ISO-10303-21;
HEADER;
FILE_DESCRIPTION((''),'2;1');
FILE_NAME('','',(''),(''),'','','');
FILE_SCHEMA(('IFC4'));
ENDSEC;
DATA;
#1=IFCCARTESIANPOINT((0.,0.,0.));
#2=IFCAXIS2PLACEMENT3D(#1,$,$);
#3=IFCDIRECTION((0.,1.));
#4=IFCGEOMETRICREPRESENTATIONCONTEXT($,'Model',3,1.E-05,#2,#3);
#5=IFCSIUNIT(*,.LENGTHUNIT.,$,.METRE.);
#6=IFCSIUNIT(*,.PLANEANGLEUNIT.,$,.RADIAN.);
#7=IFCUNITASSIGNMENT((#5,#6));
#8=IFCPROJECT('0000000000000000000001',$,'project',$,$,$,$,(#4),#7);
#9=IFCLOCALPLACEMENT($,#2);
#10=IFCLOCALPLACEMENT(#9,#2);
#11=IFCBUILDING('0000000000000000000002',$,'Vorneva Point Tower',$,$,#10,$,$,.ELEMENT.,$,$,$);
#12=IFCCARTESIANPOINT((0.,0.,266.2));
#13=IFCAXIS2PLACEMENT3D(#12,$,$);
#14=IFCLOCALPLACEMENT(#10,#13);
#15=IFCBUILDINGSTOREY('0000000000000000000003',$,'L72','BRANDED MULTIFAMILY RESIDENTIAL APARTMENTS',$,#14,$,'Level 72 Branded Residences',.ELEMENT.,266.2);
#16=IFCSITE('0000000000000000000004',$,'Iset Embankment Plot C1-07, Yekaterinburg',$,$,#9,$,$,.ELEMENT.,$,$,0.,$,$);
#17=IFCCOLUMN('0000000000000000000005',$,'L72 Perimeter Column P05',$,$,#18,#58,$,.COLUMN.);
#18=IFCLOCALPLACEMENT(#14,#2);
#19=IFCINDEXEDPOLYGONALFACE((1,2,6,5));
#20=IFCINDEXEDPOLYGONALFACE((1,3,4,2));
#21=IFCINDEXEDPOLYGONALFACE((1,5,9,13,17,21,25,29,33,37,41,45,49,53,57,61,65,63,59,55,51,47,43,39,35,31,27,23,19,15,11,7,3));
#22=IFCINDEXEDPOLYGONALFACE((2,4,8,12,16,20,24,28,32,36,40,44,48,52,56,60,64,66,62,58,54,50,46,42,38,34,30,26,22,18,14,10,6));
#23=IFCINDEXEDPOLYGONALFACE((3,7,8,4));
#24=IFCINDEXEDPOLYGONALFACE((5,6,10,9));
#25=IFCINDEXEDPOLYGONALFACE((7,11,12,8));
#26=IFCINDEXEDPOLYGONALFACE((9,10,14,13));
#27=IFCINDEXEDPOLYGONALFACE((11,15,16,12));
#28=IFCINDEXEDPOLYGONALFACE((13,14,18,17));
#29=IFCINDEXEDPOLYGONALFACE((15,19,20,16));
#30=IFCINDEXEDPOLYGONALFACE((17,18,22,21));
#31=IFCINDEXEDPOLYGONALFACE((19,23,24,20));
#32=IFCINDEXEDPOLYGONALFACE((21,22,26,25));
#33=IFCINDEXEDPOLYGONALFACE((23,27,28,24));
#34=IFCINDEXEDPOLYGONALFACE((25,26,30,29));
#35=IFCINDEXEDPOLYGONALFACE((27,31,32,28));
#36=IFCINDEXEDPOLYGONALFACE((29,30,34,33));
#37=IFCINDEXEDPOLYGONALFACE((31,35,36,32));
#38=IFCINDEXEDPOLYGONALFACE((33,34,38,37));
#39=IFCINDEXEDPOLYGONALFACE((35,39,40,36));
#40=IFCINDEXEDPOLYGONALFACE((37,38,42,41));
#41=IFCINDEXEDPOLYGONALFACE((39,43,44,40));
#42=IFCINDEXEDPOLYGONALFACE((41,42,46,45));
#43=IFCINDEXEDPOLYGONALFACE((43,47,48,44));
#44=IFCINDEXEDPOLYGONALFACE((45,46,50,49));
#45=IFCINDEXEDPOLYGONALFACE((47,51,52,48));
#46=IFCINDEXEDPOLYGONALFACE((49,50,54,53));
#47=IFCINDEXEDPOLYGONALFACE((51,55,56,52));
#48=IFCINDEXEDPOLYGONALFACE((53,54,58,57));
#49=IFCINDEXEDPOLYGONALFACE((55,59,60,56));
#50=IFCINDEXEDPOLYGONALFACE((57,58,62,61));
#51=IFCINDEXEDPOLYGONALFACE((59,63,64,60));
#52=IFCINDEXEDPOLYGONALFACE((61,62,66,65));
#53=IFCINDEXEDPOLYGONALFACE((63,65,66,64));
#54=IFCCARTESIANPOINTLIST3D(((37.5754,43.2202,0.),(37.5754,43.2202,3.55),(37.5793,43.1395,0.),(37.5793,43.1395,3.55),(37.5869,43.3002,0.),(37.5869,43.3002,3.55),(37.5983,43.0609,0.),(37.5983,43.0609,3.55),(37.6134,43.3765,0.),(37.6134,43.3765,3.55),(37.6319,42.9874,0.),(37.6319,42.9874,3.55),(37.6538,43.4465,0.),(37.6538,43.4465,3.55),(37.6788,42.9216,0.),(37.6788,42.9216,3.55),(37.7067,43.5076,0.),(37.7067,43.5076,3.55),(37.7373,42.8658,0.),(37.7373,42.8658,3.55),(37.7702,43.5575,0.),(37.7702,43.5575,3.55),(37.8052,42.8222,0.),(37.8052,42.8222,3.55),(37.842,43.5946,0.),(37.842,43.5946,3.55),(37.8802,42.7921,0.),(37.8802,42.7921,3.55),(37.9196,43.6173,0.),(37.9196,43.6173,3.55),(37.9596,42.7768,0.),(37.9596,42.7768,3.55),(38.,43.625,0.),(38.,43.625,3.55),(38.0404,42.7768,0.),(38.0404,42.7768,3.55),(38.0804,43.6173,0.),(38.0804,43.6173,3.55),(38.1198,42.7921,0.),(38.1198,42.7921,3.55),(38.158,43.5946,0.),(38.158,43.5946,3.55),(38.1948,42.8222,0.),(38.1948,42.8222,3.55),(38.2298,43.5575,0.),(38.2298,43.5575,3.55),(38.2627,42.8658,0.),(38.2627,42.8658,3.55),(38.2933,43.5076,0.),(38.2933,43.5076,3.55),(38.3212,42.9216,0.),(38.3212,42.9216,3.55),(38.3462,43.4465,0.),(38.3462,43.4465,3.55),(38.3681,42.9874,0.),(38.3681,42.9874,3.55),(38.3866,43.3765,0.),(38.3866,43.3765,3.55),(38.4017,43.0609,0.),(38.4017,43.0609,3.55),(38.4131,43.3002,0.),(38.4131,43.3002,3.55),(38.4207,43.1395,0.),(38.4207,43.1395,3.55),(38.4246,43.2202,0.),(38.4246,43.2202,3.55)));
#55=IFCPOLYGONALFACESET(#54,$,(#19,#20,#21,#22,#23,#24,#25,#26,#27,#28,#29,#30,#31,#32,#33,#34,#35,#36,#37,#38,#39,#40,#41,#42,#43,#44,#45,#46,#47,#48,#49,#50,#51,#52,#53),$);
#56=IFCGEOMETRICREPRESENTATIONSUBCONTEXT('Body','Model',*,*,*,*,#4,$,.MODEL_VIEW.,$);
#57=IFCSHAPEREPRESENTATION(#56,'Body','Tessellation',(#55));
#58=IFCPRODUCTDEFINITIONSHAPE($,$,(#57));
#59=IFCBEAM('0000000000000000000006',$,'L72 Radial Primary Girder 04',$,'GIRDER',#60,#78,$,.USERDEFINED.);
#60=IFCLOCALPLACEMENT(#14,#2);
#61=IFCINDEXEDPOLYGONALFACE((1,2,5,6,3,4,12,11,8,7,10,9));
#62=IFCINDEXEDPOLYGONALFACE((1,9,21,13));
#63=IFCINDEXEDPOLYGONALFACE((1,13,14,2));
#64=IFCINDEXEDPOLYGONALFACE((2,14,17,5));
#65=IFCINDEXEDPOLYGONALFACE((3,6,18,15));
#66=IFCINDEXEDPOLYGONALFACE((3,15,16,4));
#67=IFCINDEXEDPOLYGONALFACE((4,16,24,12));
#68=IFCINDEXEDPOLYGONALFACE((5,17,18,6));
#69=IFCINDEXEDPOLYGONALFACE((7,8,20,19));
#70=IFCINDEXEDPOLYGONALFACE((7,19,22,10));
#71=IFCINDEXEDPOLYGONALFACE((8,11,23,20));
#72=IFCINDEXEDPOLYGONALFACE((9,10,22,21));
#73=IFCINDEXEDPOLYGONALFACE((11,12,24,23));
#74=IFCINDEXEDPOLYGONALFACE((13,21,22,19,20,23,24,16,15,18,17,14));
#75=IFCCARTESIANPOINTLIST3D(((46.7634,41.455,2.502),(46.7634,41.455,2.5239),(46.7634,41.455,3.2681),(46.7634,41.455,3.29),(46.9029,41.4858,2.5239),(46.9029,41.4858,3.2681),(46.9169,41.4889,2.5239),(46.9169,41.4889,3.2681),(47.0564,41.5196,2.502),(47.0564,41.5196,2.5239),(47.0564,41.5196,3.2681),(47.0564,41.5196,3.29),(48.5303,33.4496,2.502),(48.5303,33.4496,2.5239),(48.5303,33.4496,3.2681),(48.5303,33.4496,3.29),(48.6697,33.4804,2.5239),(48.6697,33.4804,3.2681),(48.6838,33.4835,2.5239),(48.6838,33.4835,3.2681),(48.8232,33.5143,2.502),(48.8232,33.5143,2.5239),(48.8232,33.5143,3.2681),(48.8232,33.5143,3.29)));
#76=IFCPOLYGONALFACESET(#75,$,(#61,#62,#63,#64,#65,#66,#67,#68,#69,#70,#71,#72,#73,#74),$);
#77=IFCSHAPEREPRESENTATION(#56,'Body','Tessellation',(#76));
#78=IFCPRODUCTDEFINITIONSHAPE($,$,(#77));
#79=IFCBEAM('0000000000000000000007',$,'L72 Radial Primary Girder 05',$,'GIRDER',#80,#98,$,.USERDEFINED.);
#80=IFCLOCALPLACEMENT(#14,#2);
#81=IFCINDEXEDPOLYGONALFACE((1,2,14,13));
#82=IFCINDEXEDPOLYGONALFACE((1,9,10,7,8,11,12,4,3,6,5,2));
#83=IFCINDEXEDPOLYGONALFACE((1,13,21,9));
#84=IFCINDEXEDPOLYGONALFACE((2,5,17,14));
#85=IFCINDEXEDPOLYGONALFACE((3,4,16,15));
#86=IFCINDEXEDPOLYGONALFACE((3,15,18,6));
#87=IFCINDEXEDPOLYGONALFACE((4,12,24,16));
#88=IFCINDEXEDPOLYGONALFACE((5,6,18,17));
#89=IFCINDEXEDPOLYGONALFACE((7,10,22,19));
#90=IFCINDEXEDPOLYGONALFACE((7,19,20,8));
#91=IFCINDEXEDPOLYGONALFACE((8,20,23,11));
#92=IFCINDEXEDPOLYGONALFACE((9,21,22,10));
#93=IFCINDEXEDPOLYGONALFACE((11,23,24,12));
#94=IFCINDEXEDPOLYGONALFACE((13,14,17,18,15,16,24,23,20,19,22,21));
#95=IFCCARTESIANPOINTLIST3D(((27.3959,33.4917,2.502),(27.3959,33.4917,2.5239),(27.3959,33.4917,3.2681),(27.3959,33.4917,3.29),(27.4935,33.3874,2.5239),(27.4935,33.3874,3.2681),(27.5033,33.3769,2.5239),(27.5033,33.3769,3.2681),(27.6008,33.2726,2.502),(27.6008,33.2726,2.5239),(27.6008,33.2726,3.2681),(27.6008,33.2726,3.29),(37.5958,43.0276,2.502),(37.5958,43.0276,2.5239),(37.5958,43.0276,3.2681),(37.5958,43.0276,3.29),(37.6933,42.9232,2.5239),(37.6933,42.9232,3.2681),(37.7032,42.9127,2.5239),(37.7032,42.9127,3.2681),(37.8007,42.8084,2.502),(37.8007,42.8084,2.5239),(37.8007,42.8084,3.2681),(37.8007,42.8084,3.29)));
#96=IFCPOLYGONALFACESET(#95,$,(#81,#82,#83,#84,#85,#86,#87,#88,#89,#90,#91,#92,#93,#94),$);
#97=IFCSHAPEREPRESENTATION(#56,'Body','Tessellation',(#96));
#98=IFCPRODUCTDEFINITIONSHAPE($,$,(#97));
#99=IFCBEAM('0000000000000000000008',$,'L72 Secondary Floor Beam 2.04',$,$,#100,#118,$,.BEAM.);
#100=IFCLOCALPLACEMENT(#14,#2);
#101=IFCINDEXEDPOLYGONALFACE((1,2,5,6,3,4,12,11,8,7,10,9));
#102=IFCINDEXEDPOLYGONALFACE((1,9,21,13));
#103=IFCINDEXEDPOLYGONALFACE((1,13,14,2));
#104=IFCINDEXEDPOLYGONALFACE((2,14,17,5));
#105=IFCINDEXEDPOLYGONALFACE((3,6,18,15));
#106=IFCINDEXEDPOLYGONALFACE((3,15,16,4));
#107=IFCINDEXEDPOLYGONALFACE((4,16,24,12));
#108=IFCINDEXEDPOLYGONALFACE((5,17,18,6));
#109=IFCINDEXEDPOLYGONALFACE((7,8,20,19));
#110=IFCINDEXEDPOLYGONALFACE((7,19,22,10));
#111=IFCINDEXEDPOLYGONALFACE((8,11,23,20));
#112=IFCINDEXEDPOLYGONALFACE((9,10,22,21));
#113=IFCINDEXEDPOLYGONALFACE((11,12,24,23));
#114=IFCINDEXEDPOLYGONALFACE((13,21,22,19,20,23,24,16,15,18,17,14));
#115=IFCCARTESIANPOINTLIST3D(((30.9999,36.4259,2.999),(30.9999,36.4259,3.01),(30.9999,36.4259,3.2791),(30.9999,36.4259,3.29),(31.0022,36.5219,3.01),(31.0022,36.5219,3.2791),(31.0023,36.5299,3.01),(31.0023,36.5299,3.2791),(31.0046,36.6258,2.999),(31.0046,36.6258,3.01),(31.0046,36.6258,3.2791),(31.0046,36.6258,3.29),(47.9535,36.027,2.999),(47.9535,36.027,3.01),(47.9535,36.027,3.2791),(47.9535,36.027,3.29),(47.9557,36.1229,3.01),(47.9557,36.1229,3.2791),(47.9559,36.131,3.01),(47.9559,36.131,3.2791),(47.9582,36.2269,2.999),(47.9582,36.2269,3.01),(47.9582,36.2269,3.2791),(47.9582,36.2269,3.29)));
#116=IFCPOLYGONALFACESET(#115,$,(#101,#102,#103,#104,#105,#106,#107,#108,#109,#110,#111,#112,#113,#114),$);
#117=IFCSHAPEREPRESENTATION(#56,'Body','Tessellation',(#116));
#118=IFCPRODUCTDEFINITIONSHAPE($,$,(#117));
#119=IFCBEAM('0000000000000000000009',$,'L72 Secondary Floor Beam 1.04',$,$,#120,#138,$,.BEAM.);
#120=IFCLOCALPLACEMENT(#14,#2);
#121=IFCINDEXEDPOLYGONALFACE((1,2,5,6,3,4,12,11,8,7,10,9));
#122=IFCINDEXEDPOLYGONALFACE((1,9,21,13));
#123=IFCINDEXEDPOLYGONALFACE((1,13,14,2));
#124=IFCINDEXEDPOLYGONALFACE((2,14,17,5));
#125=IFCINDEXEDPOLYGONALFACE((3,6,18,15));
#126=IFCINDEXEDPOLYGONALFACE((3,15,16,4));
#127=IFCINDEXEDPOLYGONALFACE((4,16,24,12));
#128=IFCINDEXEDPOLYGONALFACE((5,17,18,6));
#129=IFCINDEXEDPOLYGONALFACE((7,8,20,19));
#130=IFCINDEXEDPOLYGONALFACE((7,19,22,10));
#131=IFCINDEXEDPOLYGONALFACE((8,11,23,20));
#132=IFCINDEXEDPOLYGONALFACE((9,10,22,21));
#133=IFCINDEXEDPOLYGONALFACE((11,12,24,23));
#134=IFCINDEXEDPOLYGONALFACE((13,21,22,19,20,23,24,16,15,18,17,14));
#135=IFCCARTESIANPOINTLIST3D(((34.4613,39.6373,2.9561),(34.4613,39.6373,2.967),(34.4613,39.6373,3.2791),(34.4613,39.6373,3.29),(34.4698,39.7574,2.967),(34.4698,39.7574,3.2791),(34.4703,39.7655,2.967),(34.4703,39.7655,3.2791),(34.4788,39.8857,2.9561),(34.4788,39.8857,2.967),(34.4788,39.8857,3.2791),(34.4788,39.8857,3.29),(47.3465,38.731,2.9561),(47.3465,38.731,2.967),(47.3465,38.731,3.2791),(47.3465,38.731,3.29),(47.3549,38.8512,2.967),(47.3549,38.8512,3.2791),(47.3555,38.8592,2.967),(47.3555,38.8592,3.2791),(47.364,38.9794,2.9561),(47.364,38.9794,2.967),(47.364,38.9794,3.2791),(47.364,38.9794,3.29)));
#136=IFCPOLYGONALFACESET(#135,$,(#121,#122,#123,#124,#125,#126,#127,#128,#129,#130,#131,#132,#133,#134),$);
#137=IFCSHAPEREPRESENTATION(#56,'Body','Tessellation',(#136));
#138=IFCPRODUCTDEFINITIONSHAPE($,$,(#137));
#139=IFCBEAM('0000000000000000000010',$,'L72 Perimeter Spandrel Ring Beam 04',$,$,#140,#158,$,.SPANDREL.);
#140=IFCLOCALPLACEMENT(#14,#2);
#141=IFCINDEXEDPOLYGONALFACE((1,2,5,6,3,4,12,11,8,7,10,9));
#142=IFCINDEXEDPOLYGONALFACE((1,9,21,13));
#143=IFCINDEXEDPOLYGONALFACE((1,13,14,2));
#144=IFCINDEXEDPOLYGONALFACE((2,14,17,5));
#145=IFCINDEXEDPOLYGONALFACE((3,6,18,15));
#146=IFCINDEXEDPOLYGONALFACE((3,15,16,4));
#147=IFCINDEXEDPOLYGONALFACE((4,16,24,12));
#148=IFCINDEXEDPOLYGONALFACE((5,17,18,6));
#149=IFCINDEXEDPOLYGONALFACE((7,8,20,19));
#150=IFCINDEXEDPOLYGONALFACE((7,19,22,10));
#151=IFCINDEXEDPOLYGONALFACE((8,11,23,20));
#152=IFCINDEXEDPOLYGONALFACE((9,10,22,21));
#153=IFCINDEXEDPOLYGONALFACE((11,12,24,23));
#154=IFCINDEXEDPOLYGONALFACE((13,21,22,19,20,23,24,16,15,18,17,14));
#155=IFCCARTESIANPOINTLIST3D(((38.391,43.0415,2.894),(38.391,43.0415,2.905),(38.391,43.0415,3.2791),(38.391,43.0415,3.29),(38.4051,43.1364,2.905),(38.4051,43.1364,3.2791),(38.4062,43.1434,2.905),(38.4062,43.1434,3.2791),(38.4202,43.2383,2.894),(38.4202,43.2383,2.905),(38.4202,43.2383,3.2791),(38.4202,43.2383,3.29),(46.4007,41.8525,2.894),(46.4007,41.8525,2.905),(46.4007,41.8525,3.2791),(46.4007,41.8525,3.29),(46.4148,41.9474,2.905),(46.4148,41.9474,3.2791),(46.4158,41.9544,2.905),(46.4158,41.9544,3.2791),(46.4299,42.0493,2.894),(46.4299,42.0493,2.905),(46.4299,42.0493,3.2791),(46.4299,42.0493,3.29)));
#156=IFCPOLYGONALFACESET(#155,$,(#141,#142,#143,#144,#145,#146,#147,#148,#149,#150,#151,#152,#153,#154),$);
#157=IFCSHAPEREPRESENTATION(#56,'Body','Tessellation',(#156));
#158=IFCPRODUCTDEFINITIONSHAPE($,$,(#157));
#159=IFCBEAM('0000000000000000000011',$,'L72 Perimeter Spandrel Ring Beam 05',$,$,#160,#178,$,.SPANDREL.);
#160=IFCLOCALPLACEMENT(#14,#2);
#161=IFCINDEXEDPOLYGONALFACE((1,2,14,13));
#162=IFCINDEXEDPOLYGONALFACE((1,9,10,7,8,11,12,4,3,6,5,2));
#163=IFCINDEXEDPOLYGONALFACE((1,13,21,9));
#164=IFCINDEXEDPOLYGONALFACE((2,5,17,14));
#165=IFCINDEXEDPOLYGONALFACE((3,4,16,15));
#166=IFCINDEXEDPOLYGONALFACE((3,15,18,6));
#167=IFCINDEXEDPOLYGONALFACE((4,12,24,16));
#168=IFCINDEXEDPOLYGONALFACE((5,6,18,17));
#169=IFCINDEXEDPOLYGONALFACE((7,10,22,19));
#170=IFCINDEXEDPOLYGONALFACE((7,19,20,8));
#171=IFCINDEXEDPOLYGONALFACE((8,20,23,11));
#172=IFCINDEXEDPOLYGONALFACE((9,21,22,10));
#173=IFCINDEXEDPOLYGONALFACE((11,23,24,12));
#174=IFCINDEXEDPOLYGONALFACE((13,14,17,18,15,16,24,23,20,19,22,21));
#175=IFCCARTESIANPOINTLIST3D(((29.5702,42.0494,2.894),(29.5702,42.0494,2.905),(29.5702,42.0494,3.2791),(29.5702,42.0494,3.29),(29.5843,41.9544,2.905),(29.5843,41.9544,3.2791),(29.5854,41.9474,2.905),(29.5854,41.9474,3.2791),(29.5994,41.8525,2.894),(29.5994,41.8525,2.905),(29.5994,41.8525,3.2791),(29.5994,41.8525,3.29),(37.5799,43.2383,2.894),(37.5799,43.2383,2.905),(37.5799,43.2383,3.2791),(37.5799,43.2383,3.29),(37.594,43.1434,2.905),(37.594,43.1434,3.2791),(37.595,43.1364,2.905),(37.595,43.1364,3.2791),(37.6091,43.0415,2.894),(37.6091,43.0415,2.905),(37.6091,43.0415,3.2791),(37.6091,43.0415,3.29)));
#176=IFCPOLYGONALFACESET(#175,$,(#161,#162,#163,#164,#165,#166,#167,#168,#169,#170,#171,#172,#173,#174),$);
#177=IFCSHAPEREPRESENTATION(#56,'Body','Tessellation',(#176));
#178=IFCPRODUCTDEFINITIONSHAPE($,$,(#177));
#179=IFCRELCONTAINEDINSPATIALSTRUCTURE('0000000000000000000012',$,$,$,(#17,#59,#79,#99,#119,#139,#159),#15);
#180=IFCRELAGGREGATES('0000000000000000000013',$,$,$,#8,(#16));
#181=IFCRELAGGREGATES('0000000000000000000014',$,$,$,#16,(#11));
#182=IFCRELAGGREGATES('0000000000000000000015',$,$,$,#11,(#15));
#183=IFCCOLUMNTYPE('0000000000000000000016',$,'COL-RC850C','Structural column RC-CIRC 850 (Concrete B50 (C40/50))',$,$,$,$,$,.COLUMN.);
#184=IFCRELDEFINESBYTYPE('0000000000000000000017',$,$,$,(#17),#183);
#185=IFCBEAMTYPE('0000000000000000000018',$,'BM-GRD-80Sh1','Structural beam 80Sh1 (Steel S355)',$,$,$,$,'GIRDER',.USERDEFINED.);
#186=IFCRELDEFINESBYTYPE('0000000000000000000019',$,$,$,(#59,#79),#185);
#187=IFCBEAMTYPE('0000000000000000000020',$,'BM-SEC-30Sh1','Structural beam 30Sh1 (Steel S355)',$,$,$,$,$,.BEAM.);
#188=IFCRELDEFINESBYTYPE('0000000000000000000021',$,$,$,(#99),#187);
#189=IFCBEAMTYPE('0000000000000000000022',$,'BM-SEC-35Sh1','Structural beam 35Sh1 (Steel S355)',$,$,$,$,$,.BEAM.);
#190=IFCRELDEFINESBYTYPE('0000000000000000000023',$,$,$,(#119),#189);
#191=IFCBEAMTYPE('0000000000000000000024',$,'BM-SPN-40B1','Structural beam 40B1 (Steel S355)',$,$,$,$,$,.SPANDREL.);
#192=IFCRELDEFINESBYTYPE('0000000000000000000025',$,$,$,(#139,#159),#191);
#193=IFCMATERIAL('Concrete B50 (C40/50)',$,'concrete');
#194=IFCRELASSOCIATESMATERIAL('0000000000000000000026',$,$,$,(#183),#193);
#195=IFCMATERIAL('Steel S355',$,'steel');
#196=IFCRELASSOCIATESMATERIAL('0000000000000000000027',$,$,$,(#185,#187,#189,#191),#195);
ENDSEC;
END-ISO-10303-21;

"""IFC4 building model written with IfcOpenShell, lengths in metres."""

from ifc_helpers import new_model, si_unit, direction, frame, origin, origin_2d, place, context, subcontext, project, spatial, circle, i_section, extrude, material, material_profile, profile_set, type_object, element, save


model = new_model("IFC4")

# Units and contexts
model_context = context("Model", 3, precision=1e-05, world=origin(), true_north=direction((0.0, 1.0)))
body_context = subcontext(model_context, "Body", "Model", "MODEL_VIEW")
ifc_project = project(units=[si_unit("LENGTHUNIT", "METRE"), si_unit("PLANEANGLEUNIT", "RADIAN")], contexts=[model_context])

# Site, building, storey
site_placement = place(None, origin())
site = spatial("IfcSite", under=ifc_project, at=site_placement, Name="Iset Embankment Plot C1-07, Yekaterinburg", CompositionType="ELEMENT", RefElevation=0.0)
building_placement = place(site_placement, origin())
building = spatial("IfcBuilding", under=site, at=building_placement, Name="Vorneva Point Tower", CompositionType="ELEMENT")
storey_placement = place(building_placement, frame((0.0, 0.0, 266.2)))
storey = spatial("IfcBuildingStorey", under=building, at=storey_placement, Name="L72", Description="BRANDED MULTIFAMILY RESIDENTIAL APARTMENTS", LongName="Level 72 Branded Residences", CompositionType="ELEMENT", Elevation=266.2)

# Column
ifc_material_1 = material(Name="Concrete B50 (C40/50)", Category="concrete")
ifc_material_profile_1 = material_profile(ifc_material_1, circle(Radius=0.425, at=origin_2d()), Name="RC-CIRC 850")
ifc_profile_set_1 = profile_set([ifc_material_profile_1], Name="Concrete B50 (C40/50)")
column_type = type_object("IfcColumnType", Name="COL-RC850C", Description="Structural column RC-CIRC 850 (Concrete B50 (C40/50))", PredefinedType="COLUMN", material=ifc_profile_set_1)
for number, where, z_axis, x_axis, name in (
    (1, (38.0, 43.2, 0.0), (0.0, 0.0, 1.0), (0.0, 1.0, 0.0), "L72 Perimeter Column P05"),
):
    element("IfcColumn", number, at=place(storey_placement, frame(where, z_axis=z_axis, x_axis=x_axis)), inside=storey, type_object=column_type, Name=name, PredefinedType="COLUMN", context=body_context, shape_type="SweptSolid", body=[
        extrude(circle(Radius=0.425, at=origin_2d()), origin(), (0.0, 0.0, 1.0), 3.55),
    ])

# Beams
ifc_material_2 = material(Name="Steel S355", Category="steel")
ifc_material_profile_2 = material_profile(ifc_material_2, i_section(OverallWidth=0.3, OverallDepth=0.7881, WebThickness=0.0144, FlangeThickness=0.022, at=origin_2d()), Name="80Sh1")
ifc_profile_set_2 = profile_set([ifc_material_profile_2], Name="Steel S355")
beam_type_1 = type_object("IfcBeamType", Name="BM-GRD-80Sh1", Description="Structural beam 80Sh1 (Steel S355)", ElementType="GIRDER", PredefinedType="USERDEFINED", material=ifc_profile_set_2)
beam_1_placement = place(storey_placement, frame((46.9099, 41.4873, 2.896), z_axis=(0.215521, -0.976499, 0.0), x_axis=(0.976499, 0.215521, 0.0)))
element("IfcBeam", 2, at=beam_1_placement, inside=storey, type_object=beam_type_1, Name="L72 Radial Primary Girder 04", ObjectType="GIRDER", PredefinedType="USERDEFINED", context=body_context, shape_type="SweptSolid", body=[
    extrude(i_section(OverallWidth=0.3, OverallDepth=0.7881, WebThickness=0.0144, FlangeThickness=0.022, at=origin_2d()), origin(), (0.0, 0.0, 1.0), 8.198),
])
beam_2_placement = place(storey_placement, frame((37.6982, 42.918, 2.896), z_axis=(-0.730486, -0.682928, 0.0), x_axis=(0.682928, -0.730486, 0.0)))
element("IfcBeam", 3, at=beam_2_placement, inside=storey, type_object=beam_type_1, Name="L72 Radial Primary Girder 05", ObjectType="GIRDER", PredefinedType="USERDEFINED", context=body_context, shape_type="SweptSolid", body=[
    extrude(i_section(OverallWidth=0.3, OverallDepth=0.7881, WebThickness=0.0144, FlangeThickness=0.022, at=origin_2d()), origin(), (0.0, 0.0, 1.0), 13.9631),
])
ifc_material_profile_3 = material_profile(ifc_material_2, i_section(OverallWidth=0.2, OverallDepth=0.291, WebThickness=0.0081, FlangeThickness=0.011, at=origin_2d()), Name="30Sh1")
ifc_profile_set_3 = profile_set([ifc_material_profile_3], Name="Steel S355")
beam_type_2 = type_object("IfcBeamType", Name="BM-SEC-30Sh1", Description="Structural beam 30Sh1 (Steel S355)", PredefinedType="BEAM", material=ifc_profile_set_3)
beam_3_placement = place(storey_placement, frame((47.9558, 36.127, 3.1445), z_axis=(-0.999723, 0.023524, 0.0), x_axis=(-0.023524, -0.999723, 0.0)))
element("IfcBeam", 4, at=beam_3_placement, inside=storey, type_object=beam_type_2, Name="L72 Secondary Floor Beam 2.04", PredefinedType="BEAM", context=body_context, shape_type="SweptSolid", body=[
    extrude(i_section(OverallWidth=0.2, OverallDepth=0.291, WebThickness=0.0081, FlangeThickness=0.011, at=origin_2d()), origin(), (0.0, 0.0, 1.0), 16.9583),
])
ifc_material_profile_4 = material_profile(ifc_material_2, i_section(OverallWidth=0.249, OverallDepth=0.334, WebThickness=0.0081, FlangeThickness=0.011, at=origin_2d()), Name="35Sh1")
ifc_profile_set_4 = profile_set([ifc_material_profile_4], Name="Steel S355")
beam_type_3 = type_object("IfcBeamType", Name="BM-SEC-35Sh1", Description="Structural beam 35Sh1 (Steel S355)", PredefinedType="BEAM", material=ifc_profile_set_4)
beam_4_placement = place(storey_placement, frame((47.3552, 38.8552, 3.123), z_axis=(-0.997536, 0.070159, 0.0), x_axis=(-0.070159, -0.997536, 0.0)))
element("IfcBeam", 5, at=beam_4_placement, inside=storey, type_object=beam_type_3, Name="L72 Secondary Floor Beam 1.04", PredefinedType="BEAM", context=body_context, shape_type="SweptSolid", body=[
    extrude(i_section(OverallWidth=0.249, OverallDepth=0.334, WebThickness=0.0081, FlangeThickness=0.011, at=origin_2d()), origin(), (0.0, 0.0, 1.0), 12.917),
])
ifc_material_profile_5 = material_profile(ifc_material_2, i_section(OverallWidth=0.199, OverallDepth=0.396, WebThickness=0.0071, FlangeThickness=0.011, at=origin_2d()), Name="40B1")
ifc_profile_set_5 = profile_set([ifc_material_profile_5], Name="Steel S355")
beam_type_4 = type_object("IfcBeamType", Name="BM-SPN-40B1", Description="Structural beam 40B1 (Steel S355)", PredefinedType="SPANDREL", material=ifc_profile_set_5)
for number, where, z_axis, x_axis, name in (
    (6, (46.4153, 41.9509, 3.092), (-0.989162, 0.146831, 0.0), (-0.146831, -0.989162, 0.0), "L72 Perimeter Spandrel Ring Beam 04"),
    (7, (37.5945, 43.1399, 3.092), (-0.989162, -0.146831, 0.0), (0.146831, -0.989162, 0.0), "L72 Perimeter Spandrel Ring Beam 05"),
):
    element("IfcBeam", number, at=place(storey_placement, frame(where, z_axis=z_axis, x_axis=x_axis)), inside=storey, type_object=beam_type_4, Name=name, PredefinedType="SPANDREL", context=body_context, shape_type="SweptSolid", body=[
        extrude(i_section(OverallWidth=0.199, OverallDepth=0.396, WebThickness=0.0071, FlangeThickness=0.011, at=origin_2d()), origin(), (0.0, 0.0, 1.0), 8.0974),
    ])

save(model, "model.ifc")
